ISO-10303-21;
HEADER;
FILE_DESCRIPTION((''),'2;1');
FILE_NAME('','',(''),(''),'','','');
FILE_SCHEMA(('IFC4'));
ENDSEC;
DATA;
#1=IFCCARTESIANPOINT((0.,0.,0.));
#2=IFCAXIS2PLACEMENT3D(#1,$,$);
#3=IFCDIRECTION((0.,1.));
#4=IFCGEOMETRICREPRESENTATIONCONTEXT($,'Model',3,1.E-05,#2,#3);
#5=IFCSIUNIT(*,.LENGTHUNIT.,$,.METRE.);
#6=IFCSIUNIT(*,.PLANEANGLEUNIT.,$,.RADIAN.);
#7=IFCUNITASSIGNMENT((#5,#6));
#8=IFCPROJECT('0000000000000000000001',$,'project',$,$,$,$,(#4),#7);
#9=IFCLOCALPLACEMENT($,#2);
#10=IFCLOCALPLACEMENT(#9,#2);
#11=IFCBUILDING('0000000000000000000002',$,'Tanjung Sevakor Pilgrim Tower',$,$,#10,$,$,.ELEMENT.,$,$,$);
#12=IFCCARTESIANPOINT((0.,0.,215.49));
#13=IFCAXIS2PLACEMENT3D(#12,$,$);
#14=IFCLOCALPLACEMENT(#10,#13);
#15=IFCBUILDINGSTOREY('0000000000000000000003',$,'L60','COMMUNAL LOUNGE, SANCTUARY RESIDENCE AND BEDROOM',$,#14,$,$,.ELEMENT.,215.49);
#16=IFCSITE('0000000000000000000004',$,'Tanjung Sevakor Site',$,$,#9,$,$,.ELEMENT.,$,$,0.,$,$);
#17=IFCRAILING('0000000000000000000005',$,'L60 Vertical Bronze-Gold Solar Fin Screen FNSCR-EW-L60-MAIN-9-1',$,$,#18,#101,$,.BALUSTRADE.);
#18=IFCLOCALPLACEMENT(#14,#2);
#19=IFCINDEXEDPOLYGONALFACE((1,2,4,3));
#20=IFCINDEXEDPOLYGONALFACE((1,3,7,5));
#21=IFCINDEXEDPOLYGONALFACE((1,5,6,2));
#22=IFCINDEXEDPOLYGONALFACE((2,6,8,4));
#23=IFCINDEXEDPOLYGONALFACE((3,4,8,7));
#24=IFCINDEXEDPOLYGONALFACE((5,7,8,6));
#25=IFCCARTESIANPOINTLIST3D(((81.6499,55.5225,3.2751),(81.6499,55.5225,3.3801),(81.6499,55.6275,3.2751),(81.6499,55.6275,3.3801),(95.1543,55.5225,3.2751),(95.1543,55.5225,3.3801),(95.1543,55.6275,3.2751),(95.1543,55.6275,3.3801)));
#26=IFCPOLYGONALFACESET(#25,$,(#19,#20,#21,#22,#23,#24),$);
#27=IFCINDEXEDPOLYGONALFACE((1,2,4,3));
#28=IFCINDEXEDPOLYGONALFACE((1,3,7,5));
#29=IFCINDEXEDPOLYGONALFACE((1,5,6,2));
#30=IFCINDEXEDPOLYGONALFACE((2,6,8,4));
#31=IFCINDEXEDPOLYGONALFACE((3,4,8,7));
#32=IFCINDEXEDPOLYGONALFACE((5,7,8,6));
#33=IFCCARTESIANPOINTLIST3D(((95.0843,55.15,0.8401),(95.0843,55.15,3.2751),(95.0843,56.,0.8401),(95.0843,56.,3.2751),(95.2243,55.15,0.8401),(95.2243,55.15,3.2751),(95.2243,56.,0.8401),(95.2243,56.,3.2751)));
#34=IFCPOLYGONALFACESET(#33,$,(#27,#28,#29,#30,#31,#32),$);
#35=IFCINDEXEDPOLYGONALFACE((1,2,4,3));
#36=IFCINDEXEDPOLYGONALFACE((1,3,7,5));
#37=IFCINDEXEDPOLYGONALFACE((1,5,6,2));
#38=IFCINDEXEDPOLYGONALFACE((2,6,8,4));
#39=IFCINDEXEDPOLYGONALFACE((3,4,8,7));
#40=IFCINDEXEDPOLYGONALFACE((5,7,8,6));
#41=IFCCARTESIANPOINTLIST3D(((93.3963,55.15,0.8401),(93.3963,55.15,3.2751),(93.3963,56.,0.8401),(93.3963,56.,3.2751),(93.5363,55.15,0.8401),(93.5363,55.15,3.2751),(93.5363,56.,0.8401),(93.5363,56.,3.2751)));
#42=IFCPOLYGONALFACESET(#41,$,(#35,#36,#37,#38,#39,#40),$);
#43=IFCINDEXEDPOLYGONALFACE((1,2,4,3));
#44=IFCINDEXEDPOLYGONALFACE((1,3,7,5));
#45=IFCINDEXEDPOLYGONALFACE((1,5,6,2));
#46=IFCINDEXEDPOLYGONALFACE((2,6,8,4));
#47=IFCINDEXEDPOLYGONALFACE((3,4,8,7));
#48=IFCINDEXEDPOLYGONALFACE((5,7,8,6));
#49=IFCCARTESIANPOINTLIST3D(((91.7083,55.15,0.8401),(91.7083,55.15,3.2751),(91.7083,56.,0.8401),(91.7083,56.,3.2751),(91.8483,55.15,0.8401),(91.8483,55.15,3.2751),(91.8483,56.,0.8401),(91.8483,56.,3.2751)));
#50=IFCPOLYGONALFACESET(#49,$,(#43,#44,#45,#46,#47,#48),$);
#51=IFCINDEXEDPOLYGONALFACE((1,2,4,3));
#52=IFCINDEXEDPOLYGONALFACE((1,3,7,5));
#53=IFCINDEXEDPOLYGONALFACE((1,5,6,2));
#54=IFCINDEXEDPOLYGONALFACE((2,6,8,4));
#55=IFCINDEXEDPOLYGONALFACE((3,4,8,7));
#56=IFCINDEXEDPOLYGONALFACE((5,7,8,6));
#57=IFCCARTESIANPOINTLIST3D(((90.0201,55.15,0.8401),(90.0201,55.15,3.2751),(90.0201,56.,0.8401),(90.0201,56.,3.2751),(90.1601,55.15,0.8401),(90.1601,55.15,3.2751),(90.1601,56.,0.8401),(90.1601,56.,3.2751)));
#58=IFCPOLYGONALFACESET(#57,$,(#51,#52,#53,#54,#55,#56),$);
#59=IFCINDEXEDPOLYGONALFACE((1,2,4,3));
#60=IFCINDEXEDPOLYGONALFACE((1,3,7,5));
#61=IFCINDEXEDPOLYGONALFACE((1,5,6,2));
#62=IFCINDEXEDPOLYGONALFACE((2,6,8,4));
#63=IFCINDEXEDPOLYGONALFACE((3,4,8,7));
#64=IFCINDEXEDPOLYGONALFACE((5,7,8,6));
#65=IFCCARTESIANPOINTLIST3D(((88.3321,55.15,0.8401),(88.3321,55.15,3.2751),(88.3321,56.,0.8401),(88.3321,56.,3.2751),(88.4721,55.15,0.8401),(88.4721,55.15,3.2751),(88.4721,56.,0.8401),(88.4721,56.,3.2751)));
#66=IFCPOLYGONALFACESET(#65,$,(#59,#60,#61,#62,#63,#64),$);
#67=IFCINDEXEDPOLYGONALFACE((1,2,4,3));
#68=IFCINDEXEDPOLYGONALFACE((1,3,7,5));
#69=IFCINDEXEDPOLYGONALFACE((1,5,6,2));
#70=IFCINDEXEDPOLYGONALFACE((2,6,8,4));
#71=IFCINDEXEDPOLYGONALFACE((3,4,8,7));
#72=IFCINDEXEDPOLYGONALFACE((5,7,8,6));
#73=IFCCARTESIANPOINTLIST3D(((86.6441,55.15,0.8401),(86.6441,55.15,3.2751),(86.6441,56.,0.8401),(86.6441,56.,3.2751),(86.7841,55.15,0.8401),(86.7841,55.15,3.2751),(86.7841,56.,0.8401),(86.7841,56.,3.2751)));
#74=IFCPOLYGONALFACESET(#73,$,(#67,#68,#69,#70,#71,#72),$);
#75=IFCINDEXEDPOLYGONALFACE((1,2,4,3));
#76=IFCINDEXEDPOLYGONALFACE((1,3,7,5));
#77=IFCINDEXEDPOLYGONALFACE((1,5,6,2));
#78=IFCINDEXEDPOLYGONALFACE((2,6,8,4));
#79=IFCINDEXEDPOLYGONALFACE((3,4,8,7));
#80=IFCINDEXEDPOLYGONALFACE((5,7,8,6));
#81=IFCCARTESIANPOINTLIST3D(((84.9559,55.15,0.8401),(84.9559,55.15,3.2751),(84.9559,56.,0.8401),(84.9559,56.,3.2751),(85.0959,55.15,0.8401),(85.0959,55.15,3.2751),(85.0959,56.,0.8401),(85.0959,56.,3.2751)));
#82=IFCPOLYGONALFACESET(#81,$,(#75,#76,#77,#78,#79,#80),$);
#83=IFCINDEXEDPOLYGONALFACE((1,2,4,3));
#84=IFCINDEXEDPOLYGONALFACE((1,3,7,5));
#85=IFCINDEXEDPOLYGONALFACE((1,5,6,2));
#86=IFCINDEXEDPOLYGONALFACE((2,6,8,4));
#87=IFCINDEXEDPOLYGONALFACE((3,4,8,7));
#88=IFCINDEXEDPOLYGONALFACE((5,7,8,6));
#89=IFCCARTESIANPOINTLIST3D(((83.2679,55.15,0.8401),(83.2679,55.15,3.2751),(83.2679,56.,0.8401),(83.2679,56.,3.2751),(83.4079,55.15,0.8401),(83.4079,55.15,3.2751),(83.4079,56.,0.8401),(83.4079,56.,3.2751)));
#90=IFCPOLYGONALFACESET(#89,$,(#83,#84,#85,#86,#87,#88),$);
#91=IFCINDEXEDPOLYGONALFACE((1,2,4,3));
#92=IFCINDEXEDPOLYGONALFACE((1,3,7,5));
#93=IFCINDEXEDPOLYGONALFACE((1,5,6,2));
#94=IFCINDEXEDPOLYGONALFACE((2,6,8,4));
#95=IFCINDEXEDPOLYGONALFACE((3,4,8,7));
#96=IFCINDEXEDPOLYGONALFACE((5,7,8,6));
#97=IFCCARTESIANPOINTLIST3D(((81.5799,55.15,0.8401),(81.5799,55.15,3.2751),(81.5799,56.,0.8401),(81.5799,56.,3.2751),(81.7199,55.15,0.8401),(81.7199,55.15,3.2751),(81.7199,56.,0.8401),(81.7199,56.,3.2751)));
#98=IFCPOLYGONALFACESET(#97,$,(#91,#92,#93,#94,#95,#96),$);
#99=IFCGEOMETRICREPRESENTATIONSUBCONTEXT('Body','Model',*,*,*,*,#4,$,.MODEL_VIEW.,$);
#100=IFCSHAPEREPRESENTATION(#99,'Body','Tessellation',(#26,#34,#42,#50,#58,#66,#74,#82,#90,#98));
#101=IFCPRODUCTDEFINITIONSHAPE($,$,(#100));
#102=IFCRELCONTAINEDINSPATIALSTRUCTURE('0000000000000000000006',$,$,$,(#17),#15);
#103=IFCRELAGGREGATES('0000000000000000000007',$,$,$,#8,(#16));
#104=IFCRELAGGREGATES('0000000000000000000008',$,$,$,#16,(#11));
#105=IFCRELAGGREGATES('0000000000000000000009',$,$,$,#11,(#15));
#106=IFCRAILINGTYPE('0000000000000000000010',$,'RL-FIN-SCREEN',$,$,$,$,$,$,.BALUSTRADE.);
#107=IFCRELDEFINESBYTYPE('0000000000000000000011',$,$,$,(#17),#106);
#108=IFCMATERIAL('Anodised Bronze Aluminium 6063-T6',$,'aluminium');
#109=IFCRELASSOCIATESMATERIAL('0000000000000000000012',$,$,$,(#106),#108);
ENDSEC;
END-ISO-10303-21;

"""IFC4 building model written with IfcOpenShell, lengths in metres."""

from ifc_helpers import new_model, si_unit, direction, frame, origin, place, context, subcontext, project, spatial, rectangle, extrude, material, type_object, element, save


model = new_model("IFC4")

# Units and contexts
model_context = context("Model", 3, precision=1e-05, world=origin(), true_north=direction((0.0, 1.0)))
body_context = subcontext(model_context, "Body", "Model", "MODEL_VIEW")
ifc_project = project(units=[si_unit("LENGTHUNIT", "METRE"), si_unit("PLANEANGLEUNIT", "RADIAN")], contexts=[model_context])

# Site, building, storey
site_placement = place(None, origin())
site = spatial("IfcSite", under=ifc_project, at=site_placement, Name="Tanjung Sevakor Site", CompositionType="ELEMENT", RefElevation=0.0)
building_placement = place(site_placement, origin())
building = spatial("IfcBuilding", under=site, at=building_placement, Name="Tanjung Sevakor Pilgrim Tower", CompositionType="ELEMENT")
storey_placement = place(building_placement, frame((0.0, 0.0, 215.49)))
storey = spatial("IfcBuildingStorey", under=building, at=storey_placement, Name="L60", Description="COMMUNAL LOUNGE, SANCTUARY RESIDENCE AND BEDROOM", CompositionType="ELEMENT", Elevation=215.49)

# Railing
ifc_material_1 = material(Name="Anodised Bronze Aluminium 6063-T6", Category="aluminium")
railing_type = type_object("IfcRailingType", Name="RL-FIN-SCREEN", PredefinedType="BALUSTRADE", material=ifc_material_1)
railing_placement = place(storey_placement, frame((95.1543, 55.575, 0.8401)))
element("IfcRailing", 1, at=railing_placement, inside=storey, type_object=railing_type, Name="L60 Vertical Bronze-Gold Solar Fin Screen FNSCR-EW-L60-MAIN-9-1", PredefinedType="BALUSTRADE", context=body_context, shape_type="SweptSolid", body=[
    extrude(rectangle(XDim=0.105, YDim=0.105), frame((0.0, 0.0, 2.4875), z_axis=(-1.0, 0.0, 0.0), x_axis=(0.0, -1.0, 0.0)), (0.0, 0.0, 1.0), 13.5044),
    extrude(rectangle(XDim=0.14, YDim=0.85), origin(), (0.0, 0.0, 1.0), 2.4351),
    extrude(rectangle(XDim=0.14, YDim=0.85), frame((-1.688, 0.0, 0.0)), (0.0, 0.0, 1.0), 2.4351),
    extrude(rectangle(XDim=0.14, YDim=0.85), frame((-3.376, 0.0, 0.0)), (0.0, 0.0, 1.0), 2.4351),
    extrude(rectangle(XDim=0.14, YDim=0.85), frame((-5.0642, 0.0, 0.0)), (0.0, 0.0, 1.0), 2.4351),
    extrude(rectangle(XDim=0.14, YDim=0.85), frame((-6.7522, 0.0, 0.0)), (0.0, 0.0, 1.0), 2.4351),
    extrude(rectangle(XDim=0.14, YDim=0.85), frame((-8.4402, 0.0, 0.0)), (0.0, 0.0, 1.0), 2.4351),
    extrude(rectangle(XDim=0.14, YDim=0.85), frame((-10.1284, 0.0, 0.0)), (0.0, 0.0, 1.0), 2.4351),
    extrude(rectangle(XDim=0.14, YDim=0.85), frame((-11.8164, 0.0, 0.0)), (0.0, 0.0, 1.0), 2.4351),
    extrude(rectangle(XDim=0.14, YDim=0.85), frame((-13.5044, 0.0, 0.0)), (0.0, 0.0, 1.0), 2.4351),
])

save(model, "model.ifc")
